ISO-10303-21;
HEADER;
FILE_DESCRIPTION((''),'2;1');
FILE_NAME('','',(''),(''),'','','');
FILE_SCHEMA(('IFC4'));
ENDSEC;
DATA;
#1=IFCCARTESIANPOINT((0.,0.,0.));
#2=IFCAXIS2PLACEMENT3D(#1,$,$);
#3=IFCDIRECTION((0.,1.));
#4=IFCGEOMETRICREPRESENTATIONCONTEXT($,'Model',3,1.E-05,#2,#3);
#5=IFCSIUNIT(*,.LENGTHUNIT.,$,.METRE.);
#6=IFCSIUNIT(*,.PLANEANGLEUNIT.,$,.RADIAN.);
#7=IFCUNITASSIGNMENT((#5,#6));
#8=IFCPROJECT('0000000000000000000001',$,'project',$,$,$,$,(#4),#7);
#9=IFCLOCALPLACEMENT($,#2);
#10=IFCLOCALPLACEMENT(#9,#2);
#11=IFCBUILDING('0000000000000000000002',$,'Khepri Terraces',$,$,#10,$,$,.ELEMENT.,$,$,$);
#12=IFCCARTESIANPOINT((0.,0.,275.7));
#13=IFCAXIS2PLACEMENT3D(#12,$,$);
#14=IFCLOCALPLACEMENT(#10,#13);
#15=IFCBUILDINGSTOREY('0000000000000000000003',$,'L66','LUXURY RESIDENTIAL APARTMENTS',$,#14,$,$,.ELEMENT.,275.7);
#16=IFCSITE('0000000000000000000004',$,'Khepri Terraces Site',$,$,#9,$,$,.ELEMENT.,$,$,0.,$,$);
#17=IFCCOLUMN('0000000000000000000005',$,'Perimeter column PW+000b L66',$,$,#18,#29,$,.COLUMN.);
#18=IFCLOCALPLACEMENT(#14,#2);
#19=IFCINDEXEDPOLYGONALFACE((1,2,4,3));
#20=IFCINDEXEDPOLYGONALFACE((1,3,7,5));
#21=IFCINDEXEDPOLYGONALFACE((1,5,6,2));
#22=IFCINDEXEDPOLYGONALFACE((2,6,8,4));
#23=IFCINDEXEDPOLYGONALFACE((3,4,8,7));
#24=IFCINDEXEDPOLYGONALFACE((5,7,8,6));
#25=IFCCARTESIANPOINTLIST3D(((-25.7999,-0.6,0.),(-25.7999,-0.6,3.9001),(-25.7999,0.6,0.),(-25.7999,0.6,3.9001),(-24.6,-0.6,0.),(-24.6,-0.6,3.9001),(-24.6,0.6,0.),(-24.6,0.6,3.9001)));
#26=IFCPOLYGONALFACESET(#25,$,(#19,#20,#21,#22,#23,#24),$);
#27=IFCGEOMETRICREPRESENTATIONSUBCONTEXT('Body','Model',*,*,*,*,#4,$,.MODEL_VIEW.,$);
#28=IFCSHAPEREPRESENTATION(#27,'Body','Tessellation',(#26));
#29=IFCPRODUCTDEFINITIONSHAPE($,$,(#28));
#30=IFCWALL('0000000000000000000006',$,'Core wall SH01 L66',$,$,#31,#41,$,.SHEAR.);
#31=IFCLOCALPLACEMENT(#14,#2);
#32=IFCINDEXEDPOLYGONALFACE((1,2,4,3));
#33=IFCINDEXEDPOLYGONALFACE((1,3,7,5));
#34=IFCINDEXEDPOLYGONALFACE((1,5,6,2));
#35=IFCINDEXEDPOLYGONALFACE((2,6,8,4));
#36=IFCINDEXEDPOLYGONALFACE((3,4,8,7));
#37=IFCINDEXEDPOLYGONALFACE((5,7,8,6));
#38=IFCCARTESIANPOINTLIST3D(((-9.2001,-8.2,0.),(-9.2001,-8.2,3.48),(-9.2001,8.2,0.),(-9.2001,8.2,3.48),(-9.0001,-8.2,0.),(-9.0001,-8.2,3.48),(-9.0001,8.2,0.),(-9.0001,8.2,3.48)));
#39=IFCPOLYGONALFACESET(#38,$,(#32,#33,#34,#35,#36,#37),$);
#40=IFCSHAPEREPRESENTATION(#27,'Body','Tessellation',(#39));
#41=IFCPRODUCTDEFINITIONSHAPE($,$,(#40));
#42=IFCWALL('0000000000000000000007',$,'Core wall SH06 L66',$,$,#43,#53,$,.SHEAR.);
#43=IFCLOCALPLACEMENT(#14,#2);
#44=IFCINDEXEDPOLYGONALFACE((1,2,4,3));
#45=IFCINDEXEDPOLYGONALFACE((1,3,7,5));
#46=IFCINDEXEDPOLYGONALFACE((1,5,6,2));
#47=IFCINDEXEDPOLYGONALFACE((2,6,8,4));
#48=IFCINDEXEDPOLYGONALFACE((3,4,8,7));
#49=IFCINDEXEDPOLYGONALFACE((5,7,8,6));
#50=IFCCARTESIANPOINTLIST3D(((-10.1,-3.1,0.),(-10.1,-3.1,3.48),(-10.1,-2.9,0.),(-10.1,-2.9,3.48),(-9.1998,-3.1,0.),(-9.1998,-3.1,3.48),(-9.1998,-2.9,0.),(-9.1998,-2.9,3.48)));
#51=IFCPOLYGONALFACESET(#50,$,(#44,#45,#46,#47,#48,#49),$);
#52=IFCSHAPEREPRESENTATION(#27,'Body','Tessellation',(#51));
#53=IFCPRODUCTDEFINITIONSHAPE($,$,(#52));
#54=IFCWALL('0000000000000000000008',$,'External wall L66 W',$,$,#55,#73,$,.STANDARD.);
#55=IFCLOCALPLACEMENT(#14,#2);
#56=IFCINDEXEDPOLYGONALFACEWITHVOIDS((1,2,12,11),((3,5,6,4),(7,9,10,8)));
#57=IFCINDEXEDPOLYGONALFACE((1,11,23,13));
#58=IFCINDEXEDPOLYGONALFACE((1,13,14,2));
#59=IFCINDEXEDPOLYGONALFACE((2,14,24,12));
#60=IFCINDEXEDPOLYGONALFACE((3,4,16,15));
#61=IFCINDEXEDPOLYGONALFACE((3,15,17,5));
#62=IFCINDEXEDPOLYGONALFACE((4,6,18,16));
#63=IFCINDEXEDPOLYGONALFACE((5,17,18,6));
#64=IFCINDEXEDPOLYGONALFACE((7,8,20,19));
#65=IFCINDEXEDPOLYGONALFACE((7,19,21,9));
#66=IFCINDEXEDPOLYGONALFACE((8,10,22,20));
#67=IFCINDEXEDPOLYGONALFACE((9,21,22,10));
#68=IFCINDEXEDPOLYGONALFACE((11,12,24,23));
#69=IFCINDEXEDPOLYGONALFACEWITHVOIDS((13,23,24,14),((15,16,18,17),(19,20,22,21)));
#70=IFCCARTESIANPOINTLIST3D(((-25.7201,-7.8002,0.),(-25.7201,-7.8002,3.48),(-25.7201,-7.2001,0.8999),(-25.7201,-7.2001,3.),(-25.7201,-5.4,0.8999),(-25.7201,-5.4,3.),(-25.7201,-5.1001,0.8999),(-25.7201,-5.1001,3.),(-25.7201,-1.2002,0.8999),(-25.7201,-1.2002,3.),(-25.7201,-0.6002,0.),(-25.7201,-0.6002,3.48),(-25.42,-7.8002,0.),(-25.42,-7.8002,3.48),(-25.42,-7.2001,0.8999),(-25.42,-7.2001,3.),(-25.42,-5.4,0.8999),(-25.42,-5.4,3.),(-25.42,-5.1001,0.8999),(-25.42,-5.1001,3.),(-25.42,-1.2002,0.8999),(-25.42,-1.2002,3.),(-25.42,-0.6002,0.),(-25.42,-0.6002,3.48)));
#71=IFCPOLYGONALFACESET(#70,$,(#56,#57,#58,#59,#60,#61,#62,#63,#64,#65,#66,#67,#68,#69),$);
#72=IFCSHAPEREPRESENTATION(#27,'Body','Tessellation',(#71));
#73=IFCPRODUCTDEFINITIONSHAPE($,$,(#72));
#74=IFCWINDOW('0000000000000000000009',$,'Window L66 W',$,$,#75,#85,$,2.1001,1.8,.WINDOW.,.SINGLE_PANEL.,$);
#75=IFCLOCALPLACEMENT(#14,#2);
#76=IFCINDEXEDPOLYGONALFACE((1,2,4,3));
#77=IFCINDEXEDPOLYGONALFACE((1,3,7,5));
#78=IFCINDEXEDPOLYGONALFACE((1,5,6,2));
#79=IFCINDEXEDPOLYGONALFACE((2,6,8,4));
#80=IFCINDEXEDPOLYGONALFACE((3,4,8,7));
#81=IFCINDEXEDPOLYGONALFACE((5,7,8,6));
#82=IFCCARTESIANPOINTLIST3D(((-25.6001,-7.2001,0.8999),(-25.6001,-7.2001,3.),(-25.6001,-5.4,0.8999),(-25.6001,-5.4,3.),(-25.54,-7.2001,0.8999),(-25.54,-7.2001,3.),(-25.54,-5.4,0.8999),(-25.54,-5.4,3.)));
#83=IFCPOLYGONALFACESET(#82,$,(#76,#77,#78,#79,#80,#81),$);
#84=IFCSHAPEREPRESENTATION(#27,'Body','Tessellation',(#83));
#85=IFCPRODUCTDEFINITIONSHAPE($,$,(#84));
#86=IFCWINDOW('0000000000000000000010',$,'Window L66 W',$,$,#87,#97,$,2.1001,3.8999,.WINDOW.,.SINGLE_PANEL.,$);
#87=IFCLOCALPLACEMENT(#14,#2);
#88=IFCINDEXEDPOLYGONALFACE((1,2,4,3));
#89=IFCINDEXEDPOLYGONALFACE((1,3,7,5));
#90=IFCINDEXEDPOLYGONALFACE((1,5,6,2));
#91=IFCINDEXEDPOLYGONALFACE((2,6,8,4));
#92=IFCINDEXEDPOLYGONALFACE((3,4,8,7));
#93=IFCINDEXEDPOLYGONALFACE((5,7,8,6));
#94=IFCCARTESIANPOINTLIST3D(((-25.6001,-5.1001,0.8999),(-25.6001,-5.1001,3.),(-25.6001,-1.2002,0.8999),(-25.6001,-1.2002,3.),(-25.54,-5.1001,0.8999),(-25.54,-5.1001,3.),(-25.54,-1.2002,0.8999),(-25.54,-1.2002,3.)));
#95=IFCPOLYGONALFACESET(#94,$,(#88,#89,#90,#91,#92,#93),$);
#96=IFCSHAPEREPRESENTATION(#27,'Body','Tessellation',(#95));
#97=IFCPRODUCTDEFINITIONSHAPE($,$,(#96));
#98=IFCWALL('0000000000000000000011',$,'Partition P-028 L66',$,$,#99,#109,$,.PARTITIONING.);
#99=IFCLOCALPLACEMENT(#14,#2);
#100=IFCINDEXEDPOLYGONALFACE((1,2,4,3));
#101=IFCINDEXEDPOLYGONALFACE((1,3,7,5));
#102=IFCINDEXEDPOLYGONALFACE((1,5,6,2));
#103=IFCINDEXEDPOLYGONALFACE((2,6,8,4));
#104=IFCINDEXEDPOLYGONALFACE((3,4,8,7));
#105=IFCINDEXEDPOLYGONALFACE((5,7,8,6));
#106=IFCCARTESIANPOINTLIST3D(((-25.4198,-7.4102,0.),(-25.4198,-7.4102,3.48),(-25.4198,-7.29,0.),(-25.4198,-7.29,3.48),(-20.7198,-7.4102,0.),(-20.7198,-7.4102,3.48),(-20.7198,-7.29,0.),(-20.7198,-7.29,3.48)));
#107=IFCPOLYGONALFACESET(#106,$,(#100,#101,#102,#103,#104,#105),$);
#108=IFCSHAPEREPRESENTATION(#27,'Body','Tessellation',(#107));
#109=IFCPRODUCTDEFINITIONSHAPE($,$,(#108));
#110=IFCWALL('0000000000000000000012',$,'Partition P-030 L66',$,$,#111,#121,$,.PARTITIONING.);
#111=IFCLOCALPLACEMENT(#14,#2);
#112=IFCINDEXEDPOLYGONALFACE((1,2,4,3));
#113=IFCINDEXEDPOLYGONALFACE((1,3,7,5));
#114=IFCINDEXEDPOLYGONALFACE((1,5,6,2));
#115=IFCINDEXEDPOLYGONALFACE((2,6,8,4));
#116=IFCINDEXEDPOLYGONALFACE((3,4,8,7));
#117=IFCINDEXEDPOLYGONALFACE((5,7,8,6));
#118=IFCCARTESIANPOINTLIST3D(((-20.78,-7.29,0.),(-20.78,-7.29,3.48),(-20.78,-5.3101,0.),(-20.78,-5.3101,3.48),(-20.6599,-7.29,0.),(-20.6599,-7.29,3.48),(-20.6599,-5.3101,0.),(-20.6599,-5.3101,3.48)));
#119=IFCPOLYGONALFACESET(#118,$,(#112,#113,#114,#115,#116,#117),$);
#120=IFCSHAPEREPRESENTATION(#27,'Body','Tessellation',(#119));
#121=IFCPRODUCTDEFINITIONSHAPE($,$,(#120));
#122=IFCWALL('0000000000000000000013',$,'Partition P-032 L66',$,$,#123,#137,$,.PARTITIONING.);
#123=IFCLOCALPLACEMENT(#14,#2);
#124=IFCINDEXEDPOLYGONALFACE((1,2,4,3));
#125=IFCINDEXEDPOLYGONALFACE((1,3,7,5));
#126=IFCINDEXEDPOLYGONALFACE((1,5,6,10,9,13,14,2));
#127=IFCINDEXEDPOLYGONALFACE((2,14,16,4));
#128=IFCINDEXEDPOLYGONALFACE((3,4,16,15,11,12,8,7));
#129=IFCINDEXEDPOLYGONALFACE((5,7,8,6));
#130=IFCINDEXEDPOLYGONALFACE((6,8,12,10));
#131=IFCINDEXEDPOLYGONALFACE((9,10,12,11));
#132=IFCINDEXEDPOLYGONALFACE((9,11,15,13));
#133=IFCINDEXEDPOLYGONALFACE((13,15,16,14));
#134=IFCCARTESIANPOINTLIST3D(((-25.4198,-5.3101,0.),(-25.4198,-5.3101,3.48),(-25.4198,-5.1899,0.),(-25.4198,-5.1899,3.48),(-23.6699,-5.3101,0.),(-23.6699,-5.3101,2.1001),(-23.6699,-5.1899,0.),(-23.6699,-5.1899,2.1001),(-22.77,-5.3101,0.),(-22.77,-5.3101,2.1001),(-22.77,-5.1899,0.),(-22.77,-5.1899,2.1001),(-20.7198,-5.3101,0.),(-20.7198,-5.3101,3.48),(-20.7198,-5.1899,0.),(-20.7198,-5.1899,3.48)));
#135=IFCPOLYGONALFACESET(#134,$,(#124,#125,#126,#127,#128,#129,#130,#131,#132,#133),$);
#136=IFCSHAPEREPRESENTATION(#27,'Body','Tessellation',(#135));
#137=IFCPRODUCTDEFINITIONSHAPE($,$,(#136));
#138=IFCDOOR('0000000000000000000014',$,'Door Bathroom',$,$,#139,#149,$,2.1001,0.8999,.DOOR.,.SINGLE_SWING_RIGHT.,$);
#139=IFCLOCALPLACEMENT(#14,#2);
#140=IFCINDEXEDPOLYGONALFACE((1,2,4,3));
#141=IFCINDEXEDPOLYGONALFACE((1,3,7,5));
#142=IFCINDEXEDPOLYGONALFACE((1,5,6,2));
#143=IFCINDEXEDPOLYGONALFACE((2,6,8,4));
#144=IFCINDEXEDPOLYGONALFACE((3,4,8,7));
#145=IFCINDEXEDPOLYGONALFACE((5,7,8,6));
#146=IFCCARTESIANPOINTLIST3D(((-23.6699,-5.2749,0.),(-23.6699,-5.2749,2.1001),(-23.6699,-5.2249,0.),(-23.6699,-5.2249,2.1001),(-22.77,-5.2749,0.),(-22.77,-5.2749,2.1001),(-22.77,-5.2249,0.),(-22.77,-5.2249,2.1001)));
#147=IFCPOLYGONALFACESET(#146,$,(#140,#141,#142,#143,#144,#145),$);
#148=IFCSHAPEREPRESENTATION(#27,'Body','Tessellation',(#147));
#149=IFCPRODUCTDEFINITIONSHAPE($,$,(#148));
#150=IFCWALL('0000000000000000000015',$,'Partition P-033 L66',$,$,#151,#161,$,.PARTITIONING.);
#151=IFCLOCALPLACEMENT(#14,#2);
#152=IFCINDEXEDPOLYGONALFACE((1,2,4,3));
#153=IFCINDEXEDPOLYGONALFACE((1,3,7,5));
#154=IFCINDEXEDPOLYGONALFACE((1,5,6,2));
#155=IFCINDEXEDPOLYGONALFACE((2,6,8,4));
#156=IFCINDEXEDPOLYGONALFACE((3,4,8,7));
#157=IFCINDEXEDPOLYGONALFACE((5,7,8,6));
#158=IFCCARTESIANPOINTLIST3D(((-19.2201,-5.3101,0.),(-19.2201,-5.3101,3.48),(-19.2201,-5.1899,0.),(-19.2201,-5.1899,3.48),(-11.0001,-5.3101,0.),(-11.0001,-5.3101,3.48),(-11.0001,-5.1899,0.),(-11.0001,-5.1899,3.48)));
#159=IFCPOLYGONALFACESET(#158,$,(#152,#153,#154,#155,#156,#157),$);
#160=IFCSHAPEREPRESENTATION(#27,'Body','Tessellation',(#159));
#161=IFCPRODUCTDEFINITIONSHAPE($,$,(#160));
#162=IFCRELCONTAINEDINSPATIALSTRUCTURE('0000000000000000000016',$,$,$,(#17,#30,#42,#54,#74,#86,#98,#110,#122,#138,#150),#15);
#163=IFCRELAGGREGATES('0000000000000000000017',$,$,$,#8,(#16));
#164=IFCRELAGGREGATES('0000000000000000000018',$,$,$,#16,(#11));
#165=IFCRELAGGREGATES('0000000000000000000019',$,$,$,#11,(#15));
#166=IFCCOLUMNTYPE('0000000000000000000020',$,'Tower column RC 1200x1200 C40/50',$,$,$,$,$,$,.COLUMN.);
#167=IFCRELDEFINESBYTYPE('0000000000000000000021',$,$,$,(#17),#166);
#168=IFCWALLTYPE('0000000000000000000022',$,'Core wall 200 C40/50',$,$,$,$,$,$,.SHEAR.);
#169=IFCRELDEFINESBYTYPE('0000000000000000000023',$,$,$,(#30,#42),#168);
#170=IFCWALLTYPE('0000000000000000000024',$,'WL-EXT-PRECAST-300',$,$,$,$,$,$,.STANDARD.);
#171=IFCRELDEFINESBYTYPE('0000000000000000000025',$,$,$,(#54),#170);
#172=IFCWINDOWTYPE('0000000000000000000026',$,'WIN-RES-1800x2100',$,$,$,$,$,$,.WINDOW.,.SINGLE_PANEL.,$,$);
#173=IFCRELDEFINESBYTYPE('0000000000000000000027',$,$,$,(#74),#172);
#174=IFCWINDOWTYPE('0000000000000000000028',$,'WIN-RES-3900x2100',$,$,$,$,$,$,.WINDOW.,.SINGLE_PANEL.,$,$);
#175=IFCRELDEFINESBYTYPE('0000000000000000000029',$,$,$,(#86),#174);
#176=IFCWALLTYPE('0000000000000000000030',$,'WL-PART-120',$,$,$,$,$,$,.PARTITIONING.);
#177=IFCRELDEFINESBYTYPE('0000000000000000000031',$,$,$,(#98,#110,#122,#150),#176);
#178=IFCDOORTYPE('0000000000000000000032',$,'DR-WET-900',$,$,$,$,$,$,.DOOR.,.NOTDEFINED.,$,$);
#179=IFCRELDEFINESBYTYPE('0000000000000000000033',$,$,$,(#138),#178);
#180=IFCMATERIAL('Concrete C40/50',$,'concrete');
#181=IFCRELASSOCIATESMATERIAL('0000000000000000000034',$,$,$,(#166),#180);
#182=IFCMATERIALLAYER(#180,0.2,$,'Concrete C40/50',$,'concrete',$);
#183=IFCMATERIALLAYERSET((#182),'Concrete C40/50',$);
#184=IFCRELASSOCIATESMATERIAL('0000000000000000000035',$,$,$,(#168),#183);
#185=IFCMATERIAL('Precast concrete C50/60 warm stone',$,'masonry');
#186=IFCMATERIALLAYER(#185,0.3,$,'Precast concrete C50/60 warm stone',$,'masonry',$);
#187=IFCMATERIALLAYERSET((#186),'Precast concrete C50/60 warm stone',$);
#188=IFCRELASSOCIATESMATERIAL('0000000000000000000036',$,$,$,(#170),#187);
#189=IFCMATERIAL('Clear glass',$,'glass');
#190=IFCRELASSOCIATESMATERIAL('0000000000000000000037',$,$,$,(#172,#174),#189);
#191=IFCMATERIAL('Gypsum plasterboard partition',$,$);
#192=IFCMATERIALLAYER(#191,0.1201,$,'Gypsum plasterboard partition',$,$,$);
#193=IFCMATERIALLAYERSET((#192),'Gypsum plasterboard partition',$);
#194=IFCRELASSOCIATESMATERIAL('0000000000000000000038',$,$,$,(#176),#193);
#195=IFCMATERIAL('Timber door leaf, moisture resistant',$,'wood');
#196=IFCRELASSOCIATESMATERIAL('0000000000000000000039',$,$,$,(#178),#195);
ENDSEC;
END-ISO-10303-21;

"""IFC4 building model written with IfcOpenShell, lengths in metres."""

from ifc_helpers import new_model, si_unit, direction, frame, frame_2d, origin, origin_2d, place, context, subcontext, project, spatial, rectangle, extrude, material, layer, layer_set, material_profile, profile_set, type_object, element, fill, save


model = new_model("IFC4")

# Units and contexts
model_context = context("Model", 3, precision=1e-05, world=origin(), true_north=direction((0.0, 1.0)))
body_context = subcontext(model_context, "Body", "Model", "MODEL_VIEW")
ifc_project = project(units=[si_unit("LENGTHUNIT", "METRE"), si_unit("PLANEANGLEUNIT", "RADIAN")], contexts=[model_context])

# Site, building, storey
site_placement = place(None, origin())
site = spatial("IfcSite", under=ifc_project, at=site_placement, Name="Khepri Terraces Site", CompositionType="ELEMENT", RefElevation=0.0)
building_placement = place(site_placement, origin())
building = spatial("IfcBuilding", under=site, at=building_placement, Name="Khepri Terraces", CompositionType="ELEMENT")
storey_placement = place(building_placement, frame((0.0, 0.0, 275.7)))
storey = spatial("IfcBuildingStorey", under=building, at=storey_placement, Name="L66", Description="LUXURY RESIDENTIAL APARTMENTS", CompositionType="ELEMENT", Elevation=275.7)

# Column
ifc_material_1 = material(Name="Concrete C40/50", Category="concrete")
ifc_material_profile = material_profile(ifc_material_1, rectangle(XDim=1.2, YDim=1.2, at=origin_2d()), Name="Concrete C40/50", Category="concrete")
ifc_profile_set = profile_set([ifc_material_profile], Name="Concrete C40/50")
column_type = type_object("IfcColumnType", Name="Tower column RC 1200x1200 C40/50", PredefinedType="COLUMN", material=ifc_profile_set)
column_placement = place(storey_placement, frame((-25.2, 0.0, 0.0), z_axis=(0.0, 0.0, 1.0), x_axis=(1.0, 0.0, 0.0)))
element("IfcColumn", 1, at=column_placement, inside=storey, type_object=column_type, Name="Perimeter column PW+000b L66", PredefinedType="COLUMN", context=body_context, shape_type="SweptSolid", body=[
    extrude(rectangle(XDim=1.2, YDim=1.2, at=origin_2d()), origin(), (0.0, 0.0, 1.0), 3.9001),
])

# Walls
ifc_layer_1 = layer(ifc_material_1, 0.2, Name="Concrete C40/50", Category="concrete")
ifc_layer_set_1 = layer_set([ifc_layer_1], Name="Concrete C40/50")
wall_type_1 = type_object("IfcWallType", Name="Core wall 200 C40/50", PredefinedType="SHEAR", material=ifc_layer_set_1)
wall_1_placement = place(storey_placement, frame((-9.1001, -8.2, 0.0), z_axis=(0.0, 0.0, 1.0), x_axis=(0.0, 1.0, 0.0)))
element("IfcWall", 2, at=wall_1_placement, inside=storey, type_object=wall_type_1, Name="Core wall SH01 L66", PredefinedType="SHEAR", context=body_context, shape_type="SweptSolid", body=[
    extrude(rectangle(XDim=16.3999, YDim=0.2, at=frame_2d((8.2, 0.0))), origin(), (0.0, 0.0, 1.0), 3.48),
])
wall_2_placement = place(storey_placement, frame((-10.1001, -3.0, 0.0), z_axis=(0.0, 0.0, 1.0), x_axis=(1.0, 0.0, 0.0)))
element("IfcWall", 3, at=wall_2_placement, inside=storey, type_object=wall_type_1, Name="Core wall SH06 L66", PredefinedType="SHEAR", context=body_context, shape_type="SweptSolid", body=[
    extrude(rectangle(XDim=0.9001, YDim=0.2, at=frame_2d((0.4502, 0.0))), origin(), (0.0, 0.0, 1.0), 3.48),
])

# Wall, openings, windows
ifc_material_2 = material(Name="Precast concrete C50/60 warm stone", Category="masonry")
ifc_layer_2 = layer(ifc_material_2, 0.3, Name="Precast concrete C50/60 warm stone", Category="masonry")
ifc_layer_set_2 = layer_set([ifc_layer_2], Name="Precast concrete C50/60 warm stone")
wall_type_2 = type_object("IfcWallType", Name="WL-EXT-PRECAST-300", PredefinedType="STANDARD", material=ifc_layer_set_2)
wall_3_placement = place(storey_placement, frame((-25.5701, -0.6001, 0.0), z_axis=(0.0, 0.0, 1.0), x_axis=(0.0, -1.0, 0.0)))
wall_3 = element("IfcWall", 4, at=wall_3_placement, inside=storey, type_object=wall_type_2, Name="External wall L66 W", PredefinedType="STANDARD", context=body_context, shape_type="SweptSolid", body=[
    extrude(rectangle(XDim=7.2, YDim=0.3, at=frame_2d((3.6001, 0.0))), origin(), (0.0, 0.0, 1.0), 3.48),
])
opening_1_placement = place(wall_3_placement, frame((0.6001, 0.0, 0.8999)))
opening_1 = element("IfcOpeningElement", 5, at=opening_1_placement, cuts=wall_3, PredefinedType="OPENING", context=body_context, shape_type="SweptSolid", body=[
    extrude(rectangle(XDim=3.8999, YDim=2.1001, at=frame_2d((1.95, 1.05))), frame((0.0, 0.1602, 0.0), z_axis=(0.0, -1.0, 0.0), x_axis=(1.0, 0.0, 0.0)), (0.0, 0.0, 1.0), 0.3201),
])
opening_2_placement = place(wall_3_placement, frame((4.8, 0.0, 0.8999)))
opening_2 = element("IfcOpeningElement", 6, at=opening_2_placement, cuts=wall_3, PredefinedType="OPENING", context=body_context, shape_type="SweptSolid", body=[
    extrude(rectangle(XDim=1.8, YDim=2.1001, at=frame_2d((0.8999, 1.05))), frame((0.0, 0.1602, 0.0), z_axis=(0.0, -1.0, 0.0), x_axis=(1.0, 0.0, 0.0)), (0.0, 0.0, 1.0), 0.3201),
])
ifc_material_3 = material(Name="Clear glass", Category="glass")
window_type_1 = type_object("IfcWindowType", Name="WIN-RES-1800x2100", PartitioningType="SINGLE_PANEL", PredefinedType="WINDOW", material=ifc_material_3)
window_1_placement = place(opening_2_placement, origin())
window_1 = element("IfcWindow", 7, at=window_1_placement, inside=storey, type_object=window_type_1, Name="Window L66 W", OverallHeight=2.1001, OverallWidth=1.8, PartitioningType="SINGLE_PANEL", PredefinedType="WINDOW", context=body_context, shape_type="SweptSolid", body=[
    extrude(rectangle(XDim=1.8, YDim=2.1001, at=frame_2d((0.8999, 1.05))), frame((0.0, 0.03, 0.0), z_axis=(0.0, -1.0, 0.0), x_axis=(1.0, 0.0, 0.0)), (0.0, 0.0, 1.0), 0.0601),
])
fill(opening_2, window_1)
window_type_2 = type_object("IfcWindowType", Name="WIN-RES-3900x2100", PartitioningType="SINGLE_PANEL", PredefinedType="WINDOW", material=ifc_material_3)
window_2_placement = place(opening_1_placement, origin())
window_2 = element("IfcWindow", 8, at=window_2_placement, inside=storey, type_object=window_type_2, Name="Window L66 W", OverallHeight=2.1001, OverallWidth=3.8999, PartitioningType="SINGLE_PANEL", PredefinedType="WINDOW", context=body_context, shape_type="SweptSolid", body=[
    extrude(rectangle(XDim=3.8999, YDim=2.1001, at=frame_2d((1.95, 1.05))), frame((0.0, 0.03, 0.0), z_axis=(0.0, -1.0, 0.0), x_axis=(1.0, 0.0, 0.0)), (0.0, 0.0, 1.0), 0.0601),
])
fill(opening_1, window_2)

# Walls
ifc_material_4 = material(Name="Gypsum plasterboard partition")
ifc_layer_3 = layer(ifc_material_4, 0.1201, Name="Gypsum plasterboard partition")
ifc_layer_set_3 = layer_set([ifc_layer_3], Name="Gypsum plasterboard partition")
wall_type_3 = type_object("IfcWallType", Name="WL-PART-120", PredefinedType="PARTITIONING", material=ifc_layer_set_3)
wall_4_placement = place(storey_placement, frame((-25.4199, -7.3501, 0.0), z_axis=(0.0, 0.0, 1.0), x_axis=(1.0, 0.0, 0.0)))
element("IfcWall", 9, at=wall_4_placement, inside=storey, type_object=wall_type_3, Name="Partition P-028 L66", PredefinedType="PARTITIONING", context=body_context, shape_type="SweptSolid", body=[
    extrude(rectangle(XDim=4.7, YDim=0.1201, at=frame_2d((2.3501, 0.0))), origin(), (0.0, 0.0, 1.0), 3.48),
])
wall_5_placement = place(storey_placement, frame((-20.72, -7.29, 0.0), z_axis=(0.0, 0.0, 1.0), x_axis=(0.0, 1.0, 0.0)))
element("IfcWall", 10, at=wall_5_placement, inside=storey, type_object=wall_type_3, Name="Partition P-030 L66", PredefinedType="PARTITIONING", context=body_context, shape_type="SweptSolid", body=[
    extrude(rectangle(XDim=1.98, YDim=0.1201, at=frame_2d((0.99, 0.0))), origin(), (0.0, 0.0, 1.0), 3.48),
])

# Wall, opening, door
wall_6_placement = place(storey_placement, frame((-25.4199, -5.25, 0.0), z_axis=(0.0, 0.0, 1.0), x_axis=(1.0, 0.0, 0.0)))
wall_6 = element("IfcWall", 11, at=wall_6_placement, inside=storey, type_object=wall_type_3, Name="Partition P-032 L66", PredefinedType="PARTITIONING", context=body_context, shape_type="SweptSolid", body=[
    extrude(rectangle(XDim=4.7, YDim=0.1201, at=frame_2d((2.3501, 0.0))), origin(), (0.0, 0.0, 1.0), 3.48),
])
opening_3_placement = place(wall_6_placement, frame((1.75, 0.0, 0.0)))
opening_3 = element("IfcOpeningElement", 12, at=opening_3_placement, cuts=wall_6, PredefinedType="OPENING", context=body_context, shape_type="SweptSolid", body=[
    extrude(rectangle(XDim=0.8999, YDim=2.1001, at=frame_2d((0.45, 1.05))), frame((0.0, 0.0701, 0.0), z_axis=(0.0, -1.0, 0.0), x_axis=(1.0, 0.0, 0.0)), (0.0, 0.0, 1.0), 0.1401),
])
ifc_material_5 = material(Name="Timber door leaf, moisture resistant", Category="wood")
door_type_1 = type_object("IfcDoorType", Name="DR-WET-900", OperationType="NOTDEFINED", PredefinedType="DOOR", material=ifc_material_5)
door_1_placement = place(opening_3_placement, frame((0.8999, 0.0, 0.0), z_axis=(0.0, 0.0, 1.0), x_axis=(-1.0, 0.0, 0.0)))
door_1 = element("IfcDoor", 13, at=door_1_placement, inside=storey, type_object=door_type_1, Name="Door Bathroom", OperationType="SINGLE_SWING_RIGHT", OverallHeight=2.1001, OverallWidth=0.8999, PredefinedType="DOOR", context=body_context, shape_type="SweptSolid", body=[
    extrude(rectangle(XDim=0.8999, YDim=2.1001, at=frame_2d((0.45, 1.05))), frame((0.0, 0.0249, 0.0), z_axis=(0.0, -1.0, 0.0), x_axis=(1.0, 0.0, 0.0)), (0.0, 0.0, 1.0), 0.05),
])
fill(opening_3, door_1)

# Wall
wall_7_placement = place(storey_placement, frame((-19.22, -5.25, 0.0), z_axis=(0.0, 0.0, 1.0), x_axis=(1.0, 0.0, 0.0)))
element("IfcWall", 14, at=wall_7_placement, inside=storey, type_object=wall_type_3, Name="Partition P-033 L66", PredefinedType="PARTITIONING", context=body_context, shape_type="SweptSolid", body=[
    extrude(rectangle(XDim=8.22, YDim=0.1201, at=frame_2d((4.1099, 0.0))), origin(), (0.0, 0.0, 1.0), 3.48),
])

save(model, "model.ifc")
